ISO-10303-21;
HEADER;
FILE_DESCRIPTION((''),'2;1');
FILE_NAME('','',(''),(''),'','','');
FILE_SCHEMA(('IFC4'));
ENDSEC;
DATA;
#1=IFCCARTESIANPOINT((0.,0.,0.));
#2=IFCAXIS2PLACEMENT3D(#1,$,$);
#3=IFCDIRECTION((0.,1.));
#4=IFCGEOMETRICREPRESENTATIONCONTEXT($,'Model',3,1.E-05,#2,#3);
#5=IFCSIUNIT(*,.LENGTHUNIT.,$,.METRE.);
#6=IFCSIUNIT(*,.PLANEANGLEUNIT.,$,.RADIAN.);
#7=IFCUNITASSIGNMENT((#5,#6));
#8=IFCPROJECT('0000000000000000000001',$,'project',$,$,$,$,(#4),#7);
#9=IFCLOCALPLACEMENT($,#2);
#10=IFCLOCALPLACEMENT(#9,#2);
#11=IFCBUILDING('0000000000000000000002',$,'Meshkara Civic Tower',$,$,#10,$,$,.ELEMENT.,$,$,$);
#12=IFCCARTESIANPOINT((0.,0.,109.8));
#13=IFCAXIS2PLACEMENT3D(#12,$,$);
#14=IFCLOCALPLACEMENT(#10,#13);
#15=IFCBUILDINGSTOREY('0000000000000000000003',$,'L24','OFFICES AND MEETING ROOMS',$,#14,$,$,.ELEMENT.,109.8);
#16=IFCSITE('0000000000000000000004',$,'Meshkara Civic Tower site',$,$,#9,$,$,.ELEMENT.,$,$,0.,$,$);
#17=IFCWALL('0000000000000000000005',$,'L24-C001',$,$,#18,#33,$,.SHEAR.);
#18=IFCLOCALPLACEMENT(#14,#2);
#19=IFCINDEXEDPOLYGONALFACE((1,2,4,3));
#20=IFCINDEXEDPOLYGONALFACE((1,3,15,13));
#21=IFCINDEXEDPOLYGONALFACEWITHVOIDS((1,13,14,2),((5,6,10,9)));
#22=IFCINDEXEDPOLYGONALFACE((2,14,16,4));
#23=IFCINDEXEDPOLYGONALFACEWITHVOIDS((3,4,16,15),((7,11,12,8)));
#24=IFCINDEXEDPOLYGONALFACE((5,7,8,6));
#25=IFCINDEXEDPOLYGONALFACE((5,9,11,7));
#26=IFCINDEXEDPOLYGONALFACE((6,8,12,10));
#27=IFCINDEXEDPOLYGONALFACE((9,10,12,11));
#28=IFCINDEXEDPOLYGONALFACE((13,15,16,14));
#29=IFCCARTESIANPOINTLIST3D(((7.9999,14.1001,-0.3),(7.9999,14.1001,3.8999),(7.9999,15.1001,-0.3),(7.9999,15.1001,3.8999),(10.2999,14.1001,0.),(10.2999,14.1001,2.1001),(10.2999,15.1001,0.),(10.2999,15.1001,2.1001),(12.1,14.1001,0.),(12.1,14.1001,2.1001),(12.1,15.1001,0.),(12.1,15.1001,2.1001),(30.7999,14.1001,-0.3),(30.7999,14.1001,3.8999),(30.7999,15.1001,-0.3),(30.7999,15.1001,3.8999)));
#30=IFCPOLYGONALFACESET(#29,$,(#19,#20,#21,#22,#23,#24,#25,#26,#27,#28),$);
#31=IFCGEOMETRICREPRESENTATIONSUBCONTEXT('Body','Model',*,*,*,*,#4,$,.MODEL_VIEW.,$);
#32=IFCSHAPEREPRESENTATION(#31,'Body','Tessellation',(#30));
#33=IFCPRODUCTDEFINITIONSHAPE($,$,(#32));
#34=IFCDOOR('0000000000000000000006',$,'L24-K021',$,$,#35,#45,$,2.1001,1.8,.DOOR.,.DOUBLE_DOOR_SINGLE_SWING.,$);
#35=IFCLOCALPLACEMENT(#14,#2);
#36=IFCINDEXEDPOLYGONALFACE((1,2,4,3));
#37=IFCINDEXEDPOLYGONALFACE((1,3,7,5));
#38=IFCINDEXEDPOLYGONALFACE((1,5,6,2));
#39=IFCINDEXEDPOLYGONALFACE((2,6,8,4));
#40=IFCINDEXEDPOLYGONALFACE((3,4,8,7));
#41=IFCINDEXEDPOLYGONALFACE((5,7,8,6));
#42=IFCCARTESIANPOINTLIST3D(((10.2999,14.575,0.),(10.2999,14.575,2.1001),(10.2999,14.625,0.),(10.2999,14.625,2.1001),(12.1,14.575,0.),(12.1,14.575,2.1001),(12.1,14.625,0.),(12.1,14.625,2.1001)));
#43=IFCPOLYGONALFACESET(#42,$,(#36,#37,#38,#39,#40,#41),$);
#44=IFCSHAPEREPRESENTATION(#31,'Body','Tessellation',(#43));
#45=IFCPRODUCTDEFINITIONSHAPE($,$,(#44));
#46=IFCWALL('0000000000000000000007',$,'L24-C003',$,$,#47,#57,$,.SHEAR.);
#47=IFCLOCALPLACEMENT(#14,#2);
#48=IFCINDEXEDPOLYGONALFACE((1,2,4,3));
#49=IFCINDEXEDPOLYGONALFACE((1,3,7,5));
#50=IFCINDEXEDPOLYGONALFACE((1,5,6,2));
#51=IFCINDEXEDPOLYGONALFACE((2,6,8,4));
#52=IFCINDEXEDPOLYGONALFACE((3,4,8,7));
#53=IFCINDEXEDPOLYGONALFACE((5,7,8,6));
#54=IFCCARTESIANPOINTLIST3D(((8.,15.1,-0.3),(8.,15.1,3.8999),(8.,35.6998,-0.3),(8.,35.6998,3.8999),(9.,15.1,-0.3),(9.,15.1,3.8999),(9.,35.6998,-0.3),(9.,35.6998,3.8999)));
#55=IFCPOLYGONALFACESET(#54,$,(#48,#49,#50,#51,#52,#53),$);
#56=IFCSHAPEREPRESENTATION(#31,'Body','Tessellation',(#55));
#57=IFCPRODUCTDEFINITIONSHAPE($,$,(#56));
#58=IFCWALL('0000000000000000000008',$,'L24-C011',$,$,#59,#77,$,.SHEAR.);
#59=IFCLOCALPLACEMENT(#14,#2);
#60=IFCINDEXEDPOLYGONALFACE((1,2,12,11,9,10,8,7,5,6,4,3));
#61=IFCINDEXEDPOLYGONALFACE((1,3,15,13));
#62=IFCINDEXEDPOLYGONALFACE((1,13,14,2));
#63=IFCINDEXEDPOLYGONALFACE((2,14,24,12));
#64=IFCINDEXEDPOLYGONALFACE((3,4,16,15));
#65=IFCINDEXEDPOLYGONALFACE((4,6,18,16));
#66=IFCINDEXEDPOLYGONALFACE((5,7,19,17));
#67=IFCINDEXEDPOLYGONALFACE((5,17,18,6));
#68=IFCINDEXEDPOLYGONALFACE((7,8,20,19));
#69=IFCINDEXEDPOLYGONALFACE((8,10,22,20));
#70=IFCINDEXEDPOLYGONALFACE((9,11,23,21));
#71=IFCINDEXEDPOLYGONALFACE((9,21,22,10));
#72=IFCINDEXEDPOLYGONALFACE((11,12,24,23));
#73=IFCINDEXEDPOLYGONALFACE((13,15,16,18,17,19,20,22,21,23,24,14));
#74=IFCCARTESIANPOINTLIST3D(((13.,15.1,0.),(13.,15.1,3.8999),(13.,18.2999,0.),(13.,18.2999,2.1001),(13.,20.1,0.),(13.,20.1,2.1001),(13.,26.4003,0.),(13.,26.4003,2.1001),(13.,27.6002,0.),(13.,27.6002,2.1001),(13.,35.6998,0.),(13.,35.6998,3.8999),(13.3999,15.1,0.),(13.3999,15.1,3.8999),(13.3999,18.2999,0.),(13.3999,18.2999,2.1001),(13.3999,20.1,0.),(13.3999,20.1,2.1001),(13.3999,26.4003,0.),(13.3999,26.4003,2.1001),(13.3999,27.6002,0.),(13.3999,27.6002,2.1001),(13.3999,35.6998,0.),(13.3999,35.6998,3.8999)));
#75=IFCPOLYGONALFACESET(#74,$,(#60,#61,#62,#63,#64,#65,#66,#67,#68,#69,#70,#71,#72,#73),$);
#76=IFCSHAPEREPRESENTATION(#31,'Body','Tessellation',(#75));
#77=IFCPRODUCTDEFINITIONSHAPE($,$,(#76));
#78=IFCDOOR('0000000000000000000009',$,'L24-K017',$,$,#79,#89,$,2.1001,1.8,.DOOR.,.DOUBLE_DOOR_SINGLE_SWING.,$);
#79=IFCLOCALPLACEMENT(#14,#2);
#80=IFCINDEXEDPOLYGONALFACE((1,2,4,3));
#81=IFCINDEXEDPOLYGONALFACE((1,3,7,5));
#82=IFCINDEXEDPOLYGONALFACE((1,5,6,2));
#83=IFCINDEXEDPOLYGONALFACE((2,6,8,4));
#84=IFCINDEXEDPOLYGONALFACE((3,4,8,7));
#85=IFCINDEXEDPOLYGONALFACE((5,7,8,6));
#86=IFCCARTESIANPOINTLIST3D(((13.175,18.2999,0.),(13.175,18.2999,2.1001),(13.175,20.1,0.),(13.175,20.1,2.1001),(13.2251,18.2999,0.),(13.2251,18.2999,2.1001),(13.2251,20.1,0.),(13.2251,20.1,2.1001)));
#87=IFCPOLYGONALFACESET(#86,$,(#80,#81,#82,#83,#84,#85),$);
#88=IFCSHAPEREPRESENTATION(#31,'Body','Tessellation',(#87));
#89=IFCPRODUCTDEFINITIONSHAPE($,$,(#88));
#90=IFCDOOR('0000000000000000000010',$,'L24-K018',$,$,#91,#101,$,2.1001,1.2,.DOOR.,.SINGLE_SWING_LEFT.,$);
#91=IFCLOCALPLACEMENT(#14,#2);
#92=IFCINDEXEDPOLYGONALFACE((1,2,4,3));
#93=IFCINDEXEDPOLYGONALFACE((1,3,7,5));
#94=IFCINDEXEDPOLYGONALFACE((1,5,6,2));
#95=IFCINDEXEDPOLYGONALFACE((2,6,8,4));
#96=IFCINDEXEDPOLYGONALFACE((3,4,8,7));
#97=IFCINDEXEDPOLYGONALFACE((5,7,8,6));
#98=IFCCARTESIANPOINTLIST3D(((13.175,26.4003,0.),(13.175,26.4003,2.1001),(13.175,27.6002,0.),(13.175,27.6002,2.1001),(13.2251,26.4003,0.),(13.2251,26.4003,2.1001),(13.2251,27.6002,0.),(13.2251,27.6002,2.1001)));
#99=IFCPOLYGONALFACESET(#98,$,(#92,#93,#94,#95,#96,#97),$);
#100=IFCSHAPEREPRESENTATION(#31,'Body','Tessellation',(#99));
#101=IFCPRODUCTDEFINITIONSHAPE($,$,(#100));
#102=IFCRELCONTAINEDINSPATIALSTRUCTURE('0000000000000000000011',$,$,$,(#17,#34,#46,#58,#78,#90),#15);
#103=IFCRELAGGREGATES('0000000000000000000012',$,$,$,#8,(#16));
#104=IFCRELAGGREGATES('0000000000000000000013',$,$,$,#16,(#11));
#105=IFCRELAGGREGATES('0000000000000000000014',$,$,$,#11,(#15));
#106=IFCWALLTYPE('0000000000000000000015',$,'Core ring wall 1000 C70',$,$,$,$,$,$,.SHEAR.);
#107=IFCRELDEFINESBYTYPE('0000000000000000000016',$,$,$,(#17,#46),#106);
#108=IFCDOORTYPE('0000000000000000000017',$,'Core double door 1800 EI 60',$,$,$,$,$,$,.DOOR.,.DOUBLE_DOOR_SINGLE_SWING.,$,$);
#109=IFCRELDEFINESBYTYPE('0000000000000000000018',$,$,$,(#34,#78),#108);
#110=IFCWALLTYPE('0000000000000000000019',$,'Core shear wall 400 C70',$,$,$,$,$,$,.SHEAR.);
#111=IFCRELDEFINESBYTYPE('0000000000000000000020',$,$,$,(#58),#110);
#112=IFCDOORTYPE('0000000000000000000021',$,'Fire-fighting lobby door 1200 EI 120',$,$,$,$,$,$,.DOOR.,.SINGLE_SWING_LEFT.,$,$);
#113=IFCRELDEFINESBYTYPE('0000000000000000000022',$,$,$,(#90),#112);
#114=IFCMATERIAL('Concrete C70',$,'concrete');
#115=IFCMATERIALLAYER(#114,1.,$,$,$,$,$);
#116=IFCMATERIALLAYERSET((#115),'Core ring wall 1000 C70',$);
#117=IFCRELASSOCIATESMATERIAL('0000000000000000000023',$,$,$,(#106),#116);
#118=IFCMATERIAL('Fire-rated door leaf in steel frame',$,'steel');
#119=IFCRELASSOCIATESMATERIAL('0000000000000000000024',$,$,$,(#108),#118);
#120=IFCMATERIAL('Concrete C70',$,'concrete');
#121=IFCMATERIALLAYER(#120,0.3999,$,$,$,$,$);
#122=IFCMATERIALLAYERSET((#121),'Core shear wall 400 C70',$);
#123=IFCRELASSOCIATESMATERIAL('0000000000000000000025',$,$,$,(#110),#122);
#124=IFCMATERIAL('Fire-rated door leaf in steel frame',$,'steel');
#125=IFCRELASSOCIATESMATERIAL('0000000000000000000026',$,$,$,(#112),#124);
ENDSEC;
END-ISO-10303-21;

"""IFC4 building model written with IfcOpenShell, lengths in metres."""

from ifc_helpers import new_model, si_unit, direction, frame, frame_2d, origin, place, context, subcontext, project, spatial, rectangle, extrude, material, layer, layer_set, type_object, element, fill, save


model = new_model("IFC4")

# Units and contexts
model_context = context("Model", 3, precision=1e-05, world=origin(), true_north=direction((0.0, 1.0)))
body_context = subcontext(model_context, "Body", "Model", "MODEL_VIEW")
ifc_project = project(units=[si_unit("LENGTHUNIT", "METRE"), si_unit("PLANEANGLEUNIT", "RADIAN")], contexts=[model_context])

# Site, building, storey
site_placement = place(None, origin())
site = spatial("IfcSite", under=ifc_project, at=site_placement, Name="Meshkara Civic Tower site", CompositionType="ELEMENT", RefElevation=0.0)
building_placement = place(site_placement, origin())
building = spatial("IfcBuilding", under=site, at=building_placement, Name="Meshkara Civic Tower", CompositionType="ELEMENT")
storey_placement = place(building_placement, frame((0.0, 0.0, 109.8)))
storey = spatial("IfcBuildingStorey", under=building, at=storey_placement, Name="L24", Description="OFFICES AND MEETING ROOMS", CompositionType="ELEMENT", Elevation=109.8)

# Wall, opening, door
ifc_material_1 = material(Name="Concrete C70", Category="concrete")
ifc_layer_1 = layer(ifc_material_1, 1.0)
ifc_layer_set_1 = layer_set([ifc_layer_1], Name="Core ring wall 1000 C70")
wall_type_1 = type_object("IfcWallType", Name="Core ring wall 1000 C70", PredefinedType="SHEAR", material=ifc_layer_set_1)
wall_1_placement = place(storey_placement, frame((8.0, 14.6001, -0.3), z_axis=(0.0, 0.0, 1.0), x_axis=(1.0, 0.0, 0.0)))
wall_1 = element("IfcWall", 1, at=wall_1_placement, inside=storey, type_object=wall_type_1, Name="L24-C001", PredefinedType="SHEAR", context=body_context, shape_type="SweptSolid", body=[
    extrude(rectangle(XDim=22.8, YDim=1.0, at=frame_2d((11.3999, 0.0))), origin(), (0.0, 0.0, 1.0), 4.2),
])
opening_1_placement = place(wall_1_placement, frame((2.3, 0.0, 0.3)))
opening_1 = element("IfcOpeningElement", 2, at=opening_1_placement, cuts=wall_1, PredefinedType="OPENING", context=body_context, shape_type="SweptSolid", body=[
    extrude(rectangle(XDim=1.8, YDim=2.1001, at=frame_2d((0.8999, 1.05))), frame((0.0, 0.51, 0.0), z_axis=(0.0, -1.0, 0.0), x_axis=(1.0, 0.0, 0.0)), (0.0, 0.0, 1.0), 1.02),
])
ifc_material_2 = material(Name="Fire-rated door leaf in steel frame", Category="steel")
door_type_1 = type_object("IfcDoorType", Name="Core double door 1800 EI 60", OperationType="DOUBLE_DOOR_SINGLE_SWING", PredefinedType="DOOR", material=ifc_material_2)
door_1_placement = place(opening_1_placement, origin())
door_1 = element("IfcDoor", 3, at=door_1_placement, inside=storey, type_object=door_type_1, Name="L24-K021", OperationType="DOUBLE_DOOR_SINGLE_SWING", OverallHeight=2.1001, OverallWidth=1.8, PredefinedType="DOOR", context=body_context, shape_type="SweptSolid", body=[
    extrude(rectangle(XDim=1.8, YDim=2.1001, at=frame_2d((0.8999, 1.05))), frame((0.0, 0.0249, 0.0), z_axis=(0.0, -1.0, 0.0), x_axis=(1.0, 0.0, 0.0)), (0.0, 0.0, 1.0), 0.05),
])
fill(opening_1, door_1)

# Wall
wall_2_placement = place(storey_placement, frame((8.5, 15.1001, -0.3), z_axis=(0.0, 0.0, 1.0), x_axis=(0.0, 1.0, 0.0)))
element("IfcWall", 4, at=wall_2_placement, inside=storey, type_object=wall_type_1, Name="L24-C003", PredefinedType="SHEAR", context=body_context, shape_type="SweptSolid", body=[
    extrude(rectangle(XDim=20.5999, YDim=1.0, at=frame_2d((10.2998, 0.0))), origin(), (0.0, 0.0, 1.0), 4.2),
])

# Wall, openings, doors
ifc_material_3 = material(Name="Concrete C70", Category="concrete")
ifc_layer_2 = layer(ifc_material_3, 0.3999)
ifc_layer_set_2 = layer_set([ifc_layer_2], Name="Core shear wall 400 C70")
wall_type_2 = type_object("IfcWallType", Name="Core shear wall 400 C70", PredefinedType="SHEAR", material=ifc_layer_set_2)
wall_3_placement = place(storey_placement, frame((13.2, 15.1001, 0.0), z_axis=(0.0, 0.0, 1.0), x_axis=(0.0, 1.0, 0.0)))
wall_3 = element("IfcWall", 5, at=wall_3_placement, inside=storey, type_object=wall_type_2, Name="L24-C011", PredefinedType="SHEAR", context=body_context, shape_type="SweptSolid", body=[
    extrude(rectangle(XDim=20.5999, YDim=0.3999, at=frame_2d((10.2998, 0.0))), origin(), (0.0, 0.0, 1.0), 3.8999),
])
opening_2_placement = place(wall_3_placement, frame((3.2, 0.0, 0.0)))
opening_2 = element("IfcOpeningElement", 6, at=opening_2_placement, cuts=wall_3, PredefinedType="OPENING", context=body_context, shape_type="SweptSolid", body=[
    extrude(rectangle(XDim=1.8, YDim=2.1001, at=frame_2d((0.8999, 1.05))), frame((0.0, 0.21, 0.0), z_axis=(0.0, -1.0, 0.0), x_axis=(1.0, 0.0, 0.0)), (0.0, 0.0, 1.0), 0.4199),
])
opening_3_placement = place(wall_3_placement, frame((11.3, 0.0, 0.0)))
opening_3 = element("IfcOpeningElement", 7, at=opening_3_placement, cuts=wall_3, PredefinedType="OPENING", context=body_context, shape_type="SweptSolid", body=[
    extrude(rectangle(XDim=1.2, YDim=2.1001, at=frame_2d((0.6001, 1.05))), frame((0.0, 0.21, 0.0), z_axis=(0.0, -1.0, 0.0), x_axis=(1.0, 0.0, 0.0)), (0.0, 0.0, 1.0), 0.4199),
])
door_2_placement = place(opening_2_placement, origin())
door_2 = element("IfcDoor", 8, at=door_2_placement, inside=storey, type_object=door_type_1, Name="L24-K017", OperationType="DOUBLE_DOOR_SINGLE_SWING", OverallHeight=2.1001, OverallWidth=1.8, PredefinedType="DOOR", context=body_context, shape_type="SweptSolid", body=[
    extrude(rectangle(XDim=1.8, YDim=2.1001, at=frame_2d((0.8999, 1.05))), frame((0.0, 0.0249, 0.0), z_axis=(0.0, -1.0, 0.0), x_axis=(1.0, 0.0, 0.0)), (0.0, 0.0, 1.0), 0.05),
])
fill(opening_2, door_2)
ifc_material_4 = material(Name="Fire-rated door leaf in steel frame", Category="steel")
door_type_2 = type_object("IfcDoorType", Name="Fire-fighting lobby door 1200 EI 120", OperationType="SINGLE_SWING_LEFT", PredefinedType="DOOR", material=ifc_material_4)
door_3_placement = place(opening_3_placement, origin())
door_3 = element("IfcDoor", 9, at=door_3_placement, inside=storey, type_object=door_type_2, Name="L24-K018", OperationType="SINGLE_SWING_LEFT", OverallHeight=2.1001, OverallWidth=1.2, PredefinedType="DOOR", context=body_context, shape_type="SweptSolid", body=[
    extrude(rectangle(XDim=1.2, YDim=2.1001, at=frame_2d((0.6001, 1.05))), frame((0.0, 0.0249, 0.0), z_axis=(0.0, -1.0, 0.0), x_axis=(1.0, 0.0, 0.0)), (0.0, 0.0, 1.0), 0.05),
])
fill(opening_3, door_3)

save(model, "model.ifc")
